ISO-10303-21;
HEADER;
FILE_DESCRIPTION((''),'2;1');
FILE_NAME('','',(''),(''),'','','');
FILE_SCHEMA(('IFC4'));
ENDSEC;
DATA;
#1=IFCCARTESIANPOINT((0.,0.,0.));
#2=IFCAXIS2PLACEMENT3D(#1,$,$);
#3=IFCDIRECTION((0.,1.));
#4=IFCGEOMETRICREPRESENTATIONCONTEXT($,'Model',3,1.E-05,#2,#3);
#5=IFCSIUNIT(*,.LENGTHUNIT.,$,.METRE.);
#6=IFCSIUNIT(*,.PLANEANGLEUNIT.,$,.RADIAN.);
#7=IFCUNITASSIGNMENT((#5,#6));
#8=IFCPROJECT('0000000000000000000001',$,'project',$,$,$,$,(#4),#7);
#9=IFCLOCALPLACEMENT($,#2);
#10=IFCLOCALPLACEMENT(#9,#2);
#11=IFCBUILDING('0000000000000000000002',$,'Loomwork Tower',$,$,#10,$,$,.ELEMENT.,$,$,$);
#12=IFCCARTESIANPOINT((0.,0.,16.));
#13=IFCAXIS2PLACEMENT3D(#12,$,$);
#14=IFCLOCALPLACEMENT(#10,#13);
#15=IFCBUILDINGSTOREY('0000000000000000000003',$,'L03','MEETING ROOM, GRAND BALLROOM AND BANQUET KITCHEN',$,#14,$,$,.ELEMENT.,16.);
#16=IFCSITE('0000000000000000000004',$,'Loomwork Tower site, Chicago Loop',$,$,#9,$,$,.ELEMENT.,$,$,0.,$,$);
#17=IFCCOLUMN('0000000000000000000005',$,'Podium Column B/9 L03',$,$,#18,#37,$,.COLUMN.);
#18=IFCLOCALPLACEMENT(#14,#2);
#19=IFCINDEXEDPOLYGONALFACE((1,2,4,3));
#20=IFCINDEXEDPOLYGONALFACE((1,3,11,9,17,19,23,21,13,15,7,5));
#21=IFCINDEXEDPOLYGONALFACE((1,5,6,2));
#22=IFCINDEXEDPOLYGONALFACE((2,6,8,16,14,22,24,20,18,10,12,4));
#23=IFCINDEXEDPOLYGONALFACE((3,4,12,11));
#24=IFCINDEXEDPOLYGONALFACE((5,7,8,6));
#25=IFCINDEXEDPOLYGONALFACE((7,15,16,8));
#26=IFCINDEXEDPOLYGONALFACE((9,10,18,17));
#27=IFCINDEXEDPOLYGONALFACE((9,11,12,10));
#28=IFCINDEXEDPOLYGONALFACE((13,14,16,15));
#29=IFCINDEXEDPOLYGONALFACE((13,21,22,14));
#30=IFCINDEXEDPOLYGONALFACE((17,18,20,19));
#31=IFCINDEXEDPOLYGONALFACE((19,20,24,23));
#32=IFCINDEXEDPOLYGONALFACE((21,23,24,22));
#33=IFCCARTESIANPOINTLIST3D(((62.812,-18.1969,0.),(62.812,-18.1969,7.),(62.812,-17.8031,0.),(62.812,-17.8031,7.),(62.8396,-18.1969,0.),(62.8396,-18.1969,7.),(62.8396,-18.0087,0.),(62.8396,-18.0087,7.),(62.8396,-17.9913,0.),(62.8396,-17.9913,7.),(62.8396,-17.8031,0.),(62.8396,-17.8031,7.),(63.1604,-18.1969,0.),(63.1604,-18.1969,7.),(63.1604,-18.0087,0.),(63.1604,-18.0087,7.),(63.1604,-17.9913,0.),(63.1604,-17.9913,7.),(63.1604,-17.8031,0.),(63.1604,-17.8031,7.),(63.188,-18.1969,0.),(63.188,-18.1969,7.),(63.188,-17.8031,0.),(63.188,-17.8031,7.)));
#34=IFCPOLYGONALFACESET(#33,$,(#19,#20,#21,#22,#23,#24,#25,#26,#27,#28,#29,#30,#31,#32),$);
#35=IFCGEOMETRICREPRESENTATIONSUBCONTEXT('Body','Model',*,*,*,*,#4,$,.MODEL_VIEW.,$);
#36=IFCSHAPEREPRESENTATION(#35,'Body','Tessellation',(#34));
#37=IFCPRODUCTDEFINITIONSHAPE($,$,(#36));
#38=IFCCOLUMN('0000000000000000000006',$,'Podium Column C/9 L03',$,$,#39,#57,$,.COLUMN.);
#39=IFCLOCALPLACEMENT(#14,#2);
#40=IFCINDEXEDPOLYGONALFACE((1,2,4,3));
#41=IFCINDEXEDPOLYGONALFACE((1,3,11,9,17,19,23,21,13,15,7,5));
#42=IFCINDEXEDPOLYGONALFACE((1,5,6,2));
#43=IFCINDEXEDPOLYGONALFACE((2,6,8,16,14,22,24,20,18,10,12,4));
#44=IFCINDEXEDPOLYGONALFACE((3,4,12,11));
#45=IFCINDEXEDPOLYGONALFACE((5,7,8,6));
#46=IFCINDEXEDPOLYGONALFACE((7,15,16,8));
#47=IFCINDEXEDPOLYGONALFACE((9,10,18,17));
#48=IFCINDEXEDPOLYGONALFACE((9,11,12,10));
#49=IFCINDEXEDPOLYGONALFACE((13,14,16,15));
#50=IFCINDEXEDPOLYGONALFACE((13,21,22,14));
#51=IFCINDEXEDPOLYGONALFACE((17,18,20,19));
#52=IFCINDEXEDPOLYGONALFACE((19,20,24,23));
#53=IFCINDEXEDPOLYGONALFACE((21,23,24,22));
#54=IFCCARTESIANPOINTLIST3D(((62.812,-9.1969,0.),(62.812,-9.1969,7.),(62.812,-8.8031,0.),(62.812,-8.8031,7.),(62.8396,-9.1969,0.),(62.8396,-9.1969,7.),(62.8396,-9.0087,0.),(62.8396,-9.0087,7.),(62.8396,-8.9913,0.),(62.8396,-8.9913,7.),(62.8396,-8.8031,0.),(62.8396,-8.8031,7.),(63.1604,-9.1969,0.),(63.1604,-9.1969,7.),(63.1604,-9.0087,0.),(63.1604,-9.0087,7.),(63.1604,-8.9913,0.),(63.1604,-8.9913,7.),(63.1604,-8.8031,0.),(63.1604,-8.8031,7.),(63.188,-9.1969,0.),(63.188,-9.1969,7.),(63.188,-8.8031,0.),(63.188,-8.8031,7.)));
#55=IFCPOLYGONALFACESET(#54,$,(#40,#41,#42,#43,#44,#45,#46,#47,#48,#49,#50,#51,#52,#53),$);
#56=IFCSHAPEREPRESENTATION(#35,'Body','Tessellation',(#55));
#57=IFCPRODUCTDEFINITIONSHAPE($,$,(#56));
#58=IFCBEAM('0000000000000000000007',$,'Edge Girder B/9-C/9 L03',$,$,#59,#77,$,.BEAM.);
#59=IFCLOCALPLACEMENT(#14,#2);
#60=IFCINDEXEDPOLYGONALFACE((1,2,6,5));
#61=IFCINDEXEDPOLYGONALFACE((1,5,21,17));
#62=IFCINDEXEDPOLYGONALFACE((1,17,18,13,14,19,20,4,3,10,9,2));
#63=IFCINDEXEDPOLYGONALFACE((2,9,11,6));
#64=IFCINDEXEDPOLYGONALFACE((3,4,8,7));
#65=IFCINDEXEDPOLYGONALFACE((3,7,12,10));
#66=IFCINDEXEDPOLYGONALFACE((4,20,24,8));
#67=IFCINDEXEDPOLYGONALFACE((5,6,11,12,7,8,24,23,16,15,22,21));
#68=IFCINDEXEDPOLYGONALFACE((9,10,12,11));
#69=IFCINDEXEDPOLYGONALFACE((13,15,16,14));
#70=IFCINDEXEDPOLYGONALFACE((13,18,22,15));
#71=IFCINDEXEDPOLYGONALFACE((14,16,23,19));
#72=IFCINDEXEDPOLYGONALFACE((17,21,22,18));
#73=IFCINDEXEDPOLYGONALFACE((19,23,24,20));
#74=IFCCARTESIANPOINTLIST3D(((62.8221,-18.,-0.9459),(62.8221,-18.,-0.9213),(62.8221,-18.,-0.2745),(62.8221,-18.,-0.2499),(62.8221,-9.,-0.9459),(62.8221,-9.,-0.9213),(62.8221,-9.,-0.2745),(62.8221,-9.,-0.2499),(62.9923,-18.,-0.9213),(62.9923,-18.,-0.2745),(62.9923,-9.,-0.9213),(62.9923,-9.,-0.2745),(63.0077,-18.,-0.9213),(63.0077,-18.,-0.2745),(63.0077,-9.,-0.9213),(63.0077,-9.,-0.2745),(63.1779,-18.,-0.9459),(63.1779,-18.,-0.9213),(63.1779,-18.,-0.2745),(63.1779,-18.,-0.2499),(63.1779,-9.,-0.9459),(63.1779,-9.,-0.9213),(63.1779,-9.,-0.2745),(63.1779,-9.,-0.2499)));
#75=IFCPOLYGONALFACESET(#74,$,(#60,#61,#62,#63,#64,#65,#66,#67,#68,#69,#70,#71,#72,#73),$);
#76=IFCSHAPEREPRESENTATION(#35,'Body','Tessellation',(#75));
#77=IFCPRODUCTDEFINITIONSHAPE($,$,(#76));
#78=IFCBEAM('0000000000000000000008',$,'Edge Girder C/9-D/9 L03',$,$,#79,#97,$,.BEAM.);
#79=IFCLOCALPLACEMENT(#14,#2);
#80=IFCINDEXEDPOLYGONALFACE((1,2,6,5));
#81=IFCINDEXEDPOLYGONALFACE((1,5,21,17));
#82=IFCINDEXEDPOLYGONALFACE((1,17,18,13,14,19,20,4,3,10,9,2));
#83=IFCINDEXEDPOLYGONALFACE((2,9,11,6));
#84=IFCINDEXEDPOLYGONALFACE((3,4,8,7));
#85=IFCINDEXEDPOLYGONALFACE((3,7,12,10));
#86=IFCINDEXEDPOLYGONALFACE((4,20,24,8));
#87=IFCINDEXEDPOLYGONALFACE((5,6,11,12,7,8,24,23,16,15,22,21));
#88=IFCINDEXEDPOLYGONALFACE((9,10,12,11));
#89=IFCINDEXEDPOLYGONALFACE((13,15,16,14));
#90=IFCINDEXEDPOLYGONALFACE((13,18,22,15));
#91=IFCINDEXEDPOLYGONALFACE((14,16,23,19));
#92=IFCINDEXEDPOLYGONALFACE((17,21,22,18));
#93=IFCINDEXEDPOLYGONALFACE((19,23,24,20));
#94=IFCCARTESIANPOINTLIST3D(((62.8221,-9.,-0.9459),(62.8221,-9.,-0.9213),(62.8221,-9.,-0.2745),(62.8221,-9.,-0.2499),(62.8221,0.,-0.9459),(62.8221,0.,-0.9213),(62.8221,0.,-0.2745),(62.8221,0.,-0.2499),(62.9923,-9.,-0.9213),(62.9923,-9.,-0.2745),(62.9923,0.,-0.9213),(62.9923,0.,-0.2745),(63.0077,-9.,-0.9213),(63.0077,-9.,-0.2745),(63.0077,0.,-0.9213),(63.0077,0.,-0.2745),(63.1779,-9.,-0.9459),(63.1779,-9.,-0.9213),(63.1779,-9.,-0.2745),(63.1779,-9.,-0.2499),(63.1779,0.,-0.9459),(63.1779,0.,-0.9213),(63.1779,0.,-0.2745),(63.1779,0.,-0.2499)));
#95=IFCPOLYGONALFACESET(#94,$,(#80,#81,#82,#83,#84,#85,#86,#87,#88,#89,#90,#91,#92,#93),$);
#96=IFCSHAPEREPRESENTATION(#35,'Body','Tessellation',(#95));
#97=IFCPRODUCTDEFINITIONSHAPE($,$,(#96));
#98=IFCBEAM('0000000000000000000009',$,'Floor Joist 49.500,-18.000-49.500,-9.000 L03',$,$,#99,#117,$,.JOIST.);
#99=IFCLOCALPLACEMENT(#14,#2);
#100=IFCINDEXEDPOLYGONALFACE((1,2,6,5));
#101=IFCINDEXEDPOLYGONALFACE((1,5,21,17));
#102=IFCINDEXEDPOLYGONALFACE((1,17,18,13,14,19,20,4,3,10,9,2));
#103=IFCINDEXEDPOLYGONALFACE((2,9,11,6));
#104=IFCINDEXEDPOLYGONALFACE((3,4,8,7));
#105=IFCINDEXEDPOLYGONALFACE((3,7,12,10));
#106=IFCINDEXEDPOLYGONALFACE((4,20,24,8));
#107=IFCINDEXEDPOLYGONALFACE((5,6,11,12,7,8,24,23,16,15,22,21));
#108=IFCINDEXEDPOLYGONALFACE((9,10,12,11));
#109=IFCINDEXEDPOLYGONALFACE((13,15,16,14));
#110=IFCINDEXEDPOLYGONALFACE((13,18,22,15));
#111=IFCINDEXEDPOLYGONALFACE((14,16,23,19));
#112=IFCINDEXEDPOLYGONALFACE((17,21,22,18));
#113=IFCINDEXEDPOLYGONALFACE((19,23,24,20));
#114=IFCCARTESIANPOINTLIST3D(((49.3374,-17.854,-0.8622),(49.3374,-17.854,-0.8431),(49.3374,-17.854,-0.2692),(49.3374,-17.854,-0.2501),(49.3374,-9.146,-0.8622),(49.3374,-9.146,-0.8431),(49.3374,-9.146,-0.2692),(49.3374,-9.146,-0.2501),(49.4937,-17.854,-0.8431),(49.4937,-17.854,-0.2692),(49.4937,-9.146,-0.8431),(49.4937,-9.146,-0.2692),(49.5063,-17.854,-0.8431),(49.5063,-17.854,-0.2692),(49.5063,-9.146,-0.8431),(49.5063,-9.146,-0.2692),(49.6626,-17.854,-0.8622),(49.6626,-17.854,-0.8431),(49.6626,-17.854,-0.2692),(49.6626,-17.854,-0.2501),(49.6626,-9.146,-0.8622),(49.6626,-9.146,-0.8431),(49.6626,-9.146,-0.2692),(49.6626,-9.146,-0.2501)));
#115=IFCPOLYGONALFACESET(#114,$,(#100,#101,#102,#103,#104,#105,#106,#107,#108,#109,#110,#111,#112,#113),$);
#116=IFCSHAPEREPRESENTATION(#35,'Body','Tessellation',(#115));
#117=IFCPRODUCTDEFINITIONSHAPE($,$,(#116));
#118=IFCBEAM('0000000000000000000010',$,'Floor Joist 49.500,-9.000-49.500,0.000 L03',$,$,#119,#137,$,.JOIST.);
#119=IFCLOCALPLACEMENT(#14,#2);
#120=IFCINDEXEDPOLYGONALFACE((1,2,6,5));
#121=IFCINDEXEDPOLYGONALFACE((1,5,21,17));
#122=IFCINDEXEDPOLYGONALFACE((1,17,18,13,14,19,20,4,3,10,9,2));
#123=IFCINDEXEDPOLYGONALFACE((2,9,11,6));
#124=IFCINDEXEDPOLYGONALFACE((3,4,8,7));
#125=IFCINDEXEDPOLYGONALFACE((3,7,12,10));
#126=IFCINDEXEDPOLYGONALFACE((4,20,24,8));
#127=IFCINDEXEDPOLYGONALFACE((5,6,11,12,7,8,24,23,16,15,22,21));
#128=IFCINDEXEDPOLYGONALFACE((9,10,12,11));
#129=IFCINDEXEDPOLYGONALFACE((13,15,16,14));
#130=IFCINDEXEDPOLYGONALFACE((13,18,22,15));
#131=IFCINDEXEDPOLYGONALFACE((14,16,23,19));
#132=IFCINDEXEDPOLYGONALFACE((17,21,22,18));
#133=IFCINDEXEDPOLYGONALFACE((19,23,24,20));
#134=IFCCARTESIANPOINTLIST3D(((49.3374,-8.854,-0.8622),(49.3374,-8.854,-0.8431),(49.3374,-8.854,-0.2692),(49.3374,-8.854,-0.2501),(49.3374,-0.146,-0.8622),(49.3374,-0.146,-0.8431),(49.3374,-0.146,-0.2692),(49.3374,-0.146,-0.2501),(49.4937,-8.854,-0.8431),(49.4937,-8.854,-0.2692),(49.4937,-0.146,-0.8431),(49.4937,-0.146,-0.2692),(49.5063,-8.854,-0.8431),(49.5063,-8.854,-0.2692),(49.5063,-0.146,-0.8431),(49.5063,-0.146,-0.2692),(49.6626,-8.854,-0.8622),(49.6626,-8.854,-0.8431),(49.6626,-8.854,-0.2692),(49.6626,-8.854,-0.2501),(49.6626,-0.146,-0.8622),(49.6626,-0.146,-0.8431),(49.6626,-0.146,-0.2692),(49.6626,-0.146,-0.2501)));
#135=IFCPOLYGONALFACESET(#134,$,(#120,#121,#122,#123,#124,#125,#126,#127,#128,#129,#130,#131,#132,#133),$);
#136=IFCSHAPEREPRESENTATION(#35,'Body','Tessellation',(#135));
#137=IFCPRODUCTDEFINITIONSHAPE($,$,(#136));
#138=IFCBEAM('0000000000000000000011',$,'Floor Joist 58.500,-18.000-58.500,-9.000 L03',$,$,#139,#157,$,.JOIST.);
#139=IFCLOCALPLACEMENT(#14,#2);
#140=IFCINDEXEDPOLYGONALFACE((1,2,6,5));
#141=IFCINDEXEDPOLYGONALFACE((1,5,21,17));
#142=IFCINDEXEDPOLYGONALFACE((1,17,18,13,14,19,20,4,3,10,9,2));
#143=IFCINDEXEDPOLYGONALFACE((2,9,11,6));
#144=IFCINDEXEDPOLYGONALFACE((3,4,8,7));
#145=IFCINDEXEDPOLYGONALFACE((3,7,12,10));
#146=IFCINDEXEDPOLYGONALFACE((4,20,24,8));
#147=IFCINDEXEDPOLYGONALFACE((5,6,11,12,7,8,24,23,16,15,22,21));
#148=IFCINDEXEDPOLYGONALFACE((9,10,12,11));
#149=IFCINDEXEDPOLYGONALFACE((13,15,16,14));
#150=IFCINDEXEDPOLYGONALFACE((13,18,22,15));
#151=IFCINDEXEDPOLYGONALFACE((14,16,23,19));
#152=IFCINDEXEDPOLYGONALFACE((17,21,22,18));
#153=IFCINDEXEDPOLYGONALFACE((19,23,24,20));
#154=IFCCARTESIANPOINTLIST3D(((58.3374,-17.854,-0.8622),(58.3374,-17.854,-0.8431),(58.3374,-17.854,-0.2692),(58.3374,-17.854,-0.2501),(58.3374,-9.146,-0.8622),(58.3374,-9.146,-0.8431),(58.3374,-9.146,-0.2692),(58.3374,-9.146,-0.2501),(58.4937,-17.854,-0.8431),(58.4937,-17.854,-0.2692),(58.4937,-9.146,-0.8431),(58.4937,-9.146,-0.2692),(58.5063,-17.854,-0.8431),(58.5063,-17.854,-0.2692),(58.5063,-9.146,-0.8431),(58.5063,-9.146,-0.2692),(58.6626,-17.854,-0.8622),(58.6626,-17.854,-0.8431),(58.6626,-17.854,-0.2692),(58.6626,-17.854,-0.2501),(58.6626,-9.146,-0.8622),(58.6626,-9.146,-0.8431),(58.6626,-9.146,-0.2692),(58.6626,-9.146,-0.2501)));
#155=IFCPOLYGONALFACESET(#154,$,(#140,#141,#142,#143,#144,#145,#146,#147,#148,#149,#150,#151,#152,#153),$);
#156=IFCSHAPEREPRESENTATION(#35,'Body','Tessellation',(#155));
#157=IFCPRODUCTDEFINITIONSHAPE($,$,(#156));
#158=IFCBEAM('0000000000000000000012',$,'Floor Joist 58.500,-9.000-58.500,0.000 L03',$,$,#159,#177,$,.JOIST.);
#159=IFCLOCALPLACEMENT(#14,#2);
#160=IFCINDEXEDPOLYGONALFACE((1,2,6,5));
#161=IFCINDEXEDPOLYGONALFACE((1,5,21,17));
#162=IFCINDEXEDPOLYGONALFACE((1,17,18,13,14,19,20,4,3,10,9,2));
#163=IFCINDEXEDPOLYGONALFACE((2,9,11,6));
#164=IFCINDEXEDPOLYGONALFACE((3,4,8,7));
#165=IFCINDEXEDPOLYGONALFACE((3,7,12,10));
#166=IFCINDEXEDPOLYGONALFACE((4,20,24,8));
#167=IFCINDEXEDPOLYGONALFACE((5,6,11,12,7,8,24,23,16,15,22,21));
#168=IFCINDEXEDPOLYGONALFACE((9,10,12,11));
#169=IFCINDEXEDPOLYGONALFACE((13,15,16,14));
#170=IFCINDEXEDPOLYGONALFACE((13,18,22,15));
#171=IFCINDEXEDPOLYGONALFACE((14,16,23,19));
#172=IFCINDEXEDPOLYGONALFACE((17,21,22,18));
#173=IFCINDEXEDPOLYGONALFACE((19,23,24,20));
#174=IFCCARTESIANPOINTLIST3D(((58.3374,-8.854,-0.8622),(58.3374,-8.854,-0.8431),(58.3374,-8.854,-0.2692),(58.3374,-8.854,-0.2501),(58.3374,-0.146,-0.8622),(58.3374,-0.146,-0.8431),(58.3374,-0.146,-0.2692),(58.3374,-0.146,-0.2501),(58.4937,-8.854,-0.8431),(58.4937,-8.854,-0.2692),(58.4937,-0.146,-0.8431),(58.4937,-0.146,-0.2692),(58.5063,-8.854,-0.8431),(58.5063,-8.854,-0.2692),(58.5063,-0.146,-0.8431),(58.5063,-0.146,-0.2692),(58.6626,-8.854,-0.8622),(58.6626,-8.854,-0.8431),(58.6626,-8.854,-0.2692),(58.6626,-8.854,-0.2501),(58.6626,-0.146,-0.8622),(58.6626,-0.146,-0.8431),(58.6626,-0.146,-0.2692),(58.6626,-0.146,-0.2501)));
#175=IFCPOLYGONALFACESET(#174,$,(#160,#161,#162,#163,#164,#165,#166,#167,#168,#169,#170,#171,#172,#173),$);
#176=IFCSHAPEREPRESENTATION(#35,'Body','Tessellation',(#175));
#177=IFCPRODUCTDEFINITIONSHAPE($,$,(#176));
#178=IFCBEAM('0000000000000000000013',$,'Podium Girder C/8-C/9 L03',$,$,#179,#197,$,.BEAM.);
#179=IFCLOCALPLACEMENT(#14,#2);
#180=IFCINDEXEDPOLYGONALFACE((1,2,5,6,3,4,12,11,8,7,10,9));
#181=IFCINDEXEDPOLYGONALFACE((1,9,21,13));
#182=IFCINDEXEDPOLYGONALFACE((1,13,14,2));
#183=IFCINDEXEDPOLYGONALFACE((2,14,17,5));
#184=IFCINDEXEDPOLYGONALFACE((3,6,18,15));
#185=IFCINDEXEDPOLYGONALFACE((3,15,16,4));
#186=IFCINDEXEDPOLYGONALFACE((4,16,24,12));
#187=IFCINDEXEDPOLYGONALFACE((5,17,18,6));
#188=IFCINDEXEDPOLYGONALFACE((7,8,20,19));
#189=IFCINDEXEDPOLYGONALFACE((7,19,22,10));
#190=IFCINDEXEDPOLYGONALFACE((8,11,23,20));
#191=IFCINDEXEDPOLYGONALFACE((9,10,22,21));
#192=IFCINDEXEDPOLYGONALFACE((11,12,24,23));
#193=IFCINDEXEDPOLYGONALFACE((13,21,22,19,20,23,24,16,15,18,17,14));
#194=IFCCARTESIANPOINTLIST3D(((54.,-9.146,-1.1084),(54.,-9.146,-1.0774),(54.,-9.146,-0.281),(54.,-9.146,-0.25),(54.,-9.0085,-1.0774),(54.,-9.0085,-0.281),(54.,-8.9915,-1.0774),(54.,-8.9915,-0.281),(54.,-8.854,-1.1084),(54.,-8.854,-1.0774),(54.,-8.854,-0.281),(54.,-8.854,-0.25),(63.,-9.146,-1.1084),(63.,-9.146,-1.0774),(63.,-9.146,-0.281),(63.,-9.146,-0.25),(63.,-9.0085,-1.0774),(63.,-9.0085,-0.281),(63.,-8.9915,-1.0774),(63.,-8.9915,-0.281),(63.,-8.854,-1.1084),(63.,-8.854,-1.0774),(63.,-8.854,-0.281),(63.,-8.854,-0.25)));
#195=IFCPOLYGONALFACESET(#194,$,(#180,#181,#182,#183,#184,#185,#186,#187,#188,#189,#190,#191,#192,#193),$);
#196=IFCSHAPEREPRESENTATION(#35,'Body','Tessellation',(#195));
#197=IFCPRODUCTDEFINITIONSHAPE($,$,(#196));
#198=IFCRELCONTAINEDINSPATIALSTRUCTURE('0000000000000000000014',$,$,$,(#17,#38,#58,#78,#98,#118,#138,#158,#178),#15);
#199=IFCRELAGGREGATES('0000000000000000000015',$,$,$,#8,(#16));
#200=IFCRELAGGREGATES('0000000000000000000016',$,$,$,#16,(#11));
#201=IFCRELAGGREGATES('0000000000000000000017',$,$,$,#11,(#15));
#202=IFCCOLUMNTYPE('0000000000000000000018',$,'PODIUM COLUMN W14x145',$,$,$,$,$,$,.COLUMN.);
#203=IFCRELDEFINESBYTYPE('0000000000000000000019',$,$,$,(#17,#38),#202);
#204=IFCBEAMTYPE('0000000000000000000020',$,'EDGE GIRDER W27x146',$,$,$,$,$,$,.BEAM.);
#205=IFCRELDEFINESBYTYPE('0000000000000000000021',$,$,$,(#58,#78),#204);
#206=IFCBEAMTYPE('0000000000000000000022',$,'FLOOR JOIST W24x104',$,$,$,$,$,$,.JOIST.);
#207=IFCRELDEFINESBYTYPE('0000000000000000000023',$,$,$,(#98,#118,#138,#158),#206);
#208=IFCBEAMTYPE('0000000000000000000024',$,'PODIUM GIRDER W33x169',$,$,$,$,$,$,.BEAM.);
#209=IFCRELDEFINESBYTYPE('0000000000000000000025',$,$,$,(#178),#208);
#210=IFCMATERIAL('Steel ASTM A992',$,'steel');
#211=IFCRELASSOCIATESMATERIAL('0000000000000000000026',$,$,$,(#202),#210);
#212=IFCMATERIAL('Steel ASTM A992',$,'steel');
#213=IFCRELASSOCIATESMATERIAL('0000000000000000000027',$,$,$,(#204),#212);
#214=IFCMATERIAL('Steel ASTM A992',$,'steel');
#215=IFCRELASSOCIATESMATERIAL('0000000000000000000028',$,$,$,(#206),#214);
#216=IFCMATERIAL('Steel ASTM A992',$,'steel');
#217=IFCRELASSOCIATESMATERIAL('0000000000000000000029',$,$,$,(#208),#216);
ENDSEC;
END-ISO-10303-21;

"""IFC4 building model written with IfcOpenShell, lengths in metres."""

from ifc_helpers import new_model, si_unit, direction, frame, origin, origin_2d, place, context, subcontext, project, spatial, i_section, extrude, material, material_profile, profile_set, type_object, element, save


model = new_model("IFC4")

# Units and contexts
model_context = context("Model", 3, precision=1e-05, world=origin(), true_north=direction((0.0, 1.0)))
body_context = subcontext(model_context, "Body", "Model", "MODEL_VIEW")
ifc_project = project(units=[si_unit("LENGTHUNIT", "METRE"), si_unit("PLANEANGLEUNIT", "RADIAN")], contexts=[model_context])

# Site, building, storey
site_placement = place(None, origin())
site = spatial("IfcSite", under=ifc_project, at=site_placement, Name="Loomwork Tower site, Chicago Loop", CompositionType="ELEMENT", RefElevation=0.0)
building_placement = place(site_placement, origin())
building = spatial("IfcBuilding", under=site, at=building_placement, Name="Loomwork Tower", CompositionType="ELEMENT")
storey_placement = place(building_placement, frame((0.0, 0.0, 16.0)))
storey = spatial("IfcBuildingStorey", under=building, at=storey_placement, Name="L03", Description="MEETING ROOM, GRAND BALLROOM AND BANQUET KITCHEN", CompositionType="ELEMENT", Elevation=16.0)

# Columns
ifc_material_1 = material(Name="Steel ASTM A992", Category="steel")
ifc_material_profile_1 = material_profile(ifc_material_1, i_section(OverallWidth=0.3938, OverallDepth=0.376, WebThickness=0.0173, FlangeThickness=0.0276, at=origin_2d()), Name="W14x145")
ifc_profile_set_1 = profile_set([ifc_material_profile_1], Name="Steel ASTM A992")
column_type = type_object("IfcColumnType", Name="PODIUM COLUMN W14x145", PredefinedType="COLUMN", material=ifc_profile_set_1)
for number, where, z_axis, x_axis, name in (
    (1, (63.0, -18.0, 0.0), (0.0, 0.0, 1.0), (0.0, 1.0, 0.0), "Podium Column B/9 L03"),
    (2, (63.0, -9.0, 0.0), (0.0, 0.0, 1.0), (0.0, 1.0, 0.0), "Podium Column C/9 L03"),
):
    element("IfcColumn", number, at=place(storey_placement, frame(where, z_axis=z_axis, x_axis=x_axis)), inside=storey, type_object=column_type, Name=name, PredefinedType="COLUMN", context=body_context, shape_type="SweptSolid", body=[
        extrude(i_section(OverallWidth=0.3938, OverallDepth=0.376, WebThickness=0.0173, FlangeThickness=0.0276, at=origin_2d()), origin(), (0.0, 0.0, 1.0), 7.0),
    ])

# Beams
ifc_material_2 = material(Name="Steel ASTM A992", Category="steel")
ifc_material_profile_2 = material_profile(ifc_material_2, i_section(OverallWidth=0.3557, OverallDepth=0.696, WebThickness=0.0154, FlangeThickness=0.0247, at=origin_2d()), Name="W27x146")
ifc_profile_set_2 = profile_set([ifc_material_profile_2], Name="Steel ASTM A992")
beam_type_1 = type_object("IfcBeamType", Name="EDGE GIRDER W27x146", PredefinedType="BEAM", material=ifc_profile_set_2)
for number, where, z_axis, x_axis, name in (
    (3, (63.0, -18.0, -0.5979), (0.0, 1.0, 0.0), (-1.0, 0.0, 0.0), "Edge Girder B/9-C/9 L03"),
    (4, (63.0, -9.0, -0.5979), (0.0, 1.0, 0.0), (-1.0, 0.0, 0.0), "Edge Girder C/9-D/9 L03"),
):
    element("IfcBeam", number, at=place(storey_placement, frame(where, z_axis=z_axis, x_axis=x_axis)), inside=storey, type_object=beam_type_1, Name=name, PredefinedType="BEAM", context=body_context, shape_type="SweptSolid", body=[
        extrude(i_section(OverallWidth=0.3557, OverallDepth=0.696, WebThickness=0.0154, FlangeThickness=0.0247, at=origin_2d()), origin(), (0.0, 0.0, 1.0), 9.0),
    ])
ifc_material_3 = material(Name="Steel ASTM A992", Category="steel")
ifc_material_profile_3 = material_profile(ifc_material_3, i_section(OverallWidth=0.3252, OverallDepth=0.6121, WebThickness=0.0127, FlangeThickness=0.019, at=origin_2d()), Name="W24x104")
ifc_profile_set_3 = profile_set([ifc_material_profile_3], Name="Steel ASTM A992")
beam_type_2 = type_object("IfcBeamType", Name="FLOOR JOIST W24x104", PredefinedType="JOIST", material=ifc_profile_set_3)
for number, where, z_axis, x_axis, name in (
    (5, (49.5, -17.854, -0.5562), (0.0, 1.0, 0.0), (-1.0, 0.0, 0.0), "Floor Joist 49.500,-18.000-49.500,-9.000 L03"),
    (6, (49.5, -8.854, -0.5562), (0.0, 1.0, 0.0), (-1.0, 0.0, 0.0), "Floor Joist 49.500,-9.000-49.500,0.000 L03"),
    (7, (58.5, -17.854, -0.5562), (0.0, 1.0, 0.0), (-1.0, 0.0, 0.0), "Floor Joist 58.500,-18.000-58.500,-9.000 L03"),
    (8, (58.5, -8.854, -0.5562), (0.0, 1.0, 0.0), (-1.0, 0.0, 0.0), "Floor Joist 58.500,-9.000-58.500,0.000 L03"),
):
    element("IfcBeam", number, at=place(storey_placement, frame(where, z_axis=z_axis, x_axis=x_axis)), inside=storey, type_object=beam_type_2, Name=name, PredefinedType="JOIST", context=body_context, shape_type="SweptSolid", body=[
        extrude(i_section(OverallWidth=0.3252, OverallDepth=0.6121, WebThickness=0.0127, FlangeThickness=0.019, at=origin_2d()), origin(), (0.0, 0.0, 1.0), 8.708),
    ])
ifc_material_4 = material(Name="Steel ASTM A992", Category="steel")
ifc_material_profile_4 = material_profile(ifc_material_4, i_section(OverallWidth=0.292, OverallDepth=0.8584, WebThickness=0.0171, FlangeThickness=0.031, at=origin_2d()), Name="W33x169")
ifc_profile_set_4 = profile_set([ifc_material_profile_4], Name="Steel ASTM A992")
beam_type_3 = type_object("IfcBeamType", Name="PODIUM GIRDER W33x169", PredefinedType="BEAM", material=ifc_profile_set_4)
for number, where, z_axis, x_axis, name in (
    (9, (54.0, -9.0, -0.6792), (1.0, 0.0, 0.0), (0.0, 1.0, 0.0), "Podium Girder C/8-C/9 L03"),
):
    element("IfcBeam", number, at=place(storey_placement, frame(where, z_axis=z_axis, x_axis=x_axis)), inside=storey, type_object=beam_type_3, Name=name, PredefinedType="BEAM", context=body_context, shape_type="SweptSolid", body=[
        extrude(i_section(OverallWidth=0.292, OverallDepth=0.8584, WebThickness=0.0171, FlangeThickness=0.031, at=origin_2d()), origin(), (0.0, 0.0, 1.0), 9.0),
    ])

save(model, "model.ifc")
